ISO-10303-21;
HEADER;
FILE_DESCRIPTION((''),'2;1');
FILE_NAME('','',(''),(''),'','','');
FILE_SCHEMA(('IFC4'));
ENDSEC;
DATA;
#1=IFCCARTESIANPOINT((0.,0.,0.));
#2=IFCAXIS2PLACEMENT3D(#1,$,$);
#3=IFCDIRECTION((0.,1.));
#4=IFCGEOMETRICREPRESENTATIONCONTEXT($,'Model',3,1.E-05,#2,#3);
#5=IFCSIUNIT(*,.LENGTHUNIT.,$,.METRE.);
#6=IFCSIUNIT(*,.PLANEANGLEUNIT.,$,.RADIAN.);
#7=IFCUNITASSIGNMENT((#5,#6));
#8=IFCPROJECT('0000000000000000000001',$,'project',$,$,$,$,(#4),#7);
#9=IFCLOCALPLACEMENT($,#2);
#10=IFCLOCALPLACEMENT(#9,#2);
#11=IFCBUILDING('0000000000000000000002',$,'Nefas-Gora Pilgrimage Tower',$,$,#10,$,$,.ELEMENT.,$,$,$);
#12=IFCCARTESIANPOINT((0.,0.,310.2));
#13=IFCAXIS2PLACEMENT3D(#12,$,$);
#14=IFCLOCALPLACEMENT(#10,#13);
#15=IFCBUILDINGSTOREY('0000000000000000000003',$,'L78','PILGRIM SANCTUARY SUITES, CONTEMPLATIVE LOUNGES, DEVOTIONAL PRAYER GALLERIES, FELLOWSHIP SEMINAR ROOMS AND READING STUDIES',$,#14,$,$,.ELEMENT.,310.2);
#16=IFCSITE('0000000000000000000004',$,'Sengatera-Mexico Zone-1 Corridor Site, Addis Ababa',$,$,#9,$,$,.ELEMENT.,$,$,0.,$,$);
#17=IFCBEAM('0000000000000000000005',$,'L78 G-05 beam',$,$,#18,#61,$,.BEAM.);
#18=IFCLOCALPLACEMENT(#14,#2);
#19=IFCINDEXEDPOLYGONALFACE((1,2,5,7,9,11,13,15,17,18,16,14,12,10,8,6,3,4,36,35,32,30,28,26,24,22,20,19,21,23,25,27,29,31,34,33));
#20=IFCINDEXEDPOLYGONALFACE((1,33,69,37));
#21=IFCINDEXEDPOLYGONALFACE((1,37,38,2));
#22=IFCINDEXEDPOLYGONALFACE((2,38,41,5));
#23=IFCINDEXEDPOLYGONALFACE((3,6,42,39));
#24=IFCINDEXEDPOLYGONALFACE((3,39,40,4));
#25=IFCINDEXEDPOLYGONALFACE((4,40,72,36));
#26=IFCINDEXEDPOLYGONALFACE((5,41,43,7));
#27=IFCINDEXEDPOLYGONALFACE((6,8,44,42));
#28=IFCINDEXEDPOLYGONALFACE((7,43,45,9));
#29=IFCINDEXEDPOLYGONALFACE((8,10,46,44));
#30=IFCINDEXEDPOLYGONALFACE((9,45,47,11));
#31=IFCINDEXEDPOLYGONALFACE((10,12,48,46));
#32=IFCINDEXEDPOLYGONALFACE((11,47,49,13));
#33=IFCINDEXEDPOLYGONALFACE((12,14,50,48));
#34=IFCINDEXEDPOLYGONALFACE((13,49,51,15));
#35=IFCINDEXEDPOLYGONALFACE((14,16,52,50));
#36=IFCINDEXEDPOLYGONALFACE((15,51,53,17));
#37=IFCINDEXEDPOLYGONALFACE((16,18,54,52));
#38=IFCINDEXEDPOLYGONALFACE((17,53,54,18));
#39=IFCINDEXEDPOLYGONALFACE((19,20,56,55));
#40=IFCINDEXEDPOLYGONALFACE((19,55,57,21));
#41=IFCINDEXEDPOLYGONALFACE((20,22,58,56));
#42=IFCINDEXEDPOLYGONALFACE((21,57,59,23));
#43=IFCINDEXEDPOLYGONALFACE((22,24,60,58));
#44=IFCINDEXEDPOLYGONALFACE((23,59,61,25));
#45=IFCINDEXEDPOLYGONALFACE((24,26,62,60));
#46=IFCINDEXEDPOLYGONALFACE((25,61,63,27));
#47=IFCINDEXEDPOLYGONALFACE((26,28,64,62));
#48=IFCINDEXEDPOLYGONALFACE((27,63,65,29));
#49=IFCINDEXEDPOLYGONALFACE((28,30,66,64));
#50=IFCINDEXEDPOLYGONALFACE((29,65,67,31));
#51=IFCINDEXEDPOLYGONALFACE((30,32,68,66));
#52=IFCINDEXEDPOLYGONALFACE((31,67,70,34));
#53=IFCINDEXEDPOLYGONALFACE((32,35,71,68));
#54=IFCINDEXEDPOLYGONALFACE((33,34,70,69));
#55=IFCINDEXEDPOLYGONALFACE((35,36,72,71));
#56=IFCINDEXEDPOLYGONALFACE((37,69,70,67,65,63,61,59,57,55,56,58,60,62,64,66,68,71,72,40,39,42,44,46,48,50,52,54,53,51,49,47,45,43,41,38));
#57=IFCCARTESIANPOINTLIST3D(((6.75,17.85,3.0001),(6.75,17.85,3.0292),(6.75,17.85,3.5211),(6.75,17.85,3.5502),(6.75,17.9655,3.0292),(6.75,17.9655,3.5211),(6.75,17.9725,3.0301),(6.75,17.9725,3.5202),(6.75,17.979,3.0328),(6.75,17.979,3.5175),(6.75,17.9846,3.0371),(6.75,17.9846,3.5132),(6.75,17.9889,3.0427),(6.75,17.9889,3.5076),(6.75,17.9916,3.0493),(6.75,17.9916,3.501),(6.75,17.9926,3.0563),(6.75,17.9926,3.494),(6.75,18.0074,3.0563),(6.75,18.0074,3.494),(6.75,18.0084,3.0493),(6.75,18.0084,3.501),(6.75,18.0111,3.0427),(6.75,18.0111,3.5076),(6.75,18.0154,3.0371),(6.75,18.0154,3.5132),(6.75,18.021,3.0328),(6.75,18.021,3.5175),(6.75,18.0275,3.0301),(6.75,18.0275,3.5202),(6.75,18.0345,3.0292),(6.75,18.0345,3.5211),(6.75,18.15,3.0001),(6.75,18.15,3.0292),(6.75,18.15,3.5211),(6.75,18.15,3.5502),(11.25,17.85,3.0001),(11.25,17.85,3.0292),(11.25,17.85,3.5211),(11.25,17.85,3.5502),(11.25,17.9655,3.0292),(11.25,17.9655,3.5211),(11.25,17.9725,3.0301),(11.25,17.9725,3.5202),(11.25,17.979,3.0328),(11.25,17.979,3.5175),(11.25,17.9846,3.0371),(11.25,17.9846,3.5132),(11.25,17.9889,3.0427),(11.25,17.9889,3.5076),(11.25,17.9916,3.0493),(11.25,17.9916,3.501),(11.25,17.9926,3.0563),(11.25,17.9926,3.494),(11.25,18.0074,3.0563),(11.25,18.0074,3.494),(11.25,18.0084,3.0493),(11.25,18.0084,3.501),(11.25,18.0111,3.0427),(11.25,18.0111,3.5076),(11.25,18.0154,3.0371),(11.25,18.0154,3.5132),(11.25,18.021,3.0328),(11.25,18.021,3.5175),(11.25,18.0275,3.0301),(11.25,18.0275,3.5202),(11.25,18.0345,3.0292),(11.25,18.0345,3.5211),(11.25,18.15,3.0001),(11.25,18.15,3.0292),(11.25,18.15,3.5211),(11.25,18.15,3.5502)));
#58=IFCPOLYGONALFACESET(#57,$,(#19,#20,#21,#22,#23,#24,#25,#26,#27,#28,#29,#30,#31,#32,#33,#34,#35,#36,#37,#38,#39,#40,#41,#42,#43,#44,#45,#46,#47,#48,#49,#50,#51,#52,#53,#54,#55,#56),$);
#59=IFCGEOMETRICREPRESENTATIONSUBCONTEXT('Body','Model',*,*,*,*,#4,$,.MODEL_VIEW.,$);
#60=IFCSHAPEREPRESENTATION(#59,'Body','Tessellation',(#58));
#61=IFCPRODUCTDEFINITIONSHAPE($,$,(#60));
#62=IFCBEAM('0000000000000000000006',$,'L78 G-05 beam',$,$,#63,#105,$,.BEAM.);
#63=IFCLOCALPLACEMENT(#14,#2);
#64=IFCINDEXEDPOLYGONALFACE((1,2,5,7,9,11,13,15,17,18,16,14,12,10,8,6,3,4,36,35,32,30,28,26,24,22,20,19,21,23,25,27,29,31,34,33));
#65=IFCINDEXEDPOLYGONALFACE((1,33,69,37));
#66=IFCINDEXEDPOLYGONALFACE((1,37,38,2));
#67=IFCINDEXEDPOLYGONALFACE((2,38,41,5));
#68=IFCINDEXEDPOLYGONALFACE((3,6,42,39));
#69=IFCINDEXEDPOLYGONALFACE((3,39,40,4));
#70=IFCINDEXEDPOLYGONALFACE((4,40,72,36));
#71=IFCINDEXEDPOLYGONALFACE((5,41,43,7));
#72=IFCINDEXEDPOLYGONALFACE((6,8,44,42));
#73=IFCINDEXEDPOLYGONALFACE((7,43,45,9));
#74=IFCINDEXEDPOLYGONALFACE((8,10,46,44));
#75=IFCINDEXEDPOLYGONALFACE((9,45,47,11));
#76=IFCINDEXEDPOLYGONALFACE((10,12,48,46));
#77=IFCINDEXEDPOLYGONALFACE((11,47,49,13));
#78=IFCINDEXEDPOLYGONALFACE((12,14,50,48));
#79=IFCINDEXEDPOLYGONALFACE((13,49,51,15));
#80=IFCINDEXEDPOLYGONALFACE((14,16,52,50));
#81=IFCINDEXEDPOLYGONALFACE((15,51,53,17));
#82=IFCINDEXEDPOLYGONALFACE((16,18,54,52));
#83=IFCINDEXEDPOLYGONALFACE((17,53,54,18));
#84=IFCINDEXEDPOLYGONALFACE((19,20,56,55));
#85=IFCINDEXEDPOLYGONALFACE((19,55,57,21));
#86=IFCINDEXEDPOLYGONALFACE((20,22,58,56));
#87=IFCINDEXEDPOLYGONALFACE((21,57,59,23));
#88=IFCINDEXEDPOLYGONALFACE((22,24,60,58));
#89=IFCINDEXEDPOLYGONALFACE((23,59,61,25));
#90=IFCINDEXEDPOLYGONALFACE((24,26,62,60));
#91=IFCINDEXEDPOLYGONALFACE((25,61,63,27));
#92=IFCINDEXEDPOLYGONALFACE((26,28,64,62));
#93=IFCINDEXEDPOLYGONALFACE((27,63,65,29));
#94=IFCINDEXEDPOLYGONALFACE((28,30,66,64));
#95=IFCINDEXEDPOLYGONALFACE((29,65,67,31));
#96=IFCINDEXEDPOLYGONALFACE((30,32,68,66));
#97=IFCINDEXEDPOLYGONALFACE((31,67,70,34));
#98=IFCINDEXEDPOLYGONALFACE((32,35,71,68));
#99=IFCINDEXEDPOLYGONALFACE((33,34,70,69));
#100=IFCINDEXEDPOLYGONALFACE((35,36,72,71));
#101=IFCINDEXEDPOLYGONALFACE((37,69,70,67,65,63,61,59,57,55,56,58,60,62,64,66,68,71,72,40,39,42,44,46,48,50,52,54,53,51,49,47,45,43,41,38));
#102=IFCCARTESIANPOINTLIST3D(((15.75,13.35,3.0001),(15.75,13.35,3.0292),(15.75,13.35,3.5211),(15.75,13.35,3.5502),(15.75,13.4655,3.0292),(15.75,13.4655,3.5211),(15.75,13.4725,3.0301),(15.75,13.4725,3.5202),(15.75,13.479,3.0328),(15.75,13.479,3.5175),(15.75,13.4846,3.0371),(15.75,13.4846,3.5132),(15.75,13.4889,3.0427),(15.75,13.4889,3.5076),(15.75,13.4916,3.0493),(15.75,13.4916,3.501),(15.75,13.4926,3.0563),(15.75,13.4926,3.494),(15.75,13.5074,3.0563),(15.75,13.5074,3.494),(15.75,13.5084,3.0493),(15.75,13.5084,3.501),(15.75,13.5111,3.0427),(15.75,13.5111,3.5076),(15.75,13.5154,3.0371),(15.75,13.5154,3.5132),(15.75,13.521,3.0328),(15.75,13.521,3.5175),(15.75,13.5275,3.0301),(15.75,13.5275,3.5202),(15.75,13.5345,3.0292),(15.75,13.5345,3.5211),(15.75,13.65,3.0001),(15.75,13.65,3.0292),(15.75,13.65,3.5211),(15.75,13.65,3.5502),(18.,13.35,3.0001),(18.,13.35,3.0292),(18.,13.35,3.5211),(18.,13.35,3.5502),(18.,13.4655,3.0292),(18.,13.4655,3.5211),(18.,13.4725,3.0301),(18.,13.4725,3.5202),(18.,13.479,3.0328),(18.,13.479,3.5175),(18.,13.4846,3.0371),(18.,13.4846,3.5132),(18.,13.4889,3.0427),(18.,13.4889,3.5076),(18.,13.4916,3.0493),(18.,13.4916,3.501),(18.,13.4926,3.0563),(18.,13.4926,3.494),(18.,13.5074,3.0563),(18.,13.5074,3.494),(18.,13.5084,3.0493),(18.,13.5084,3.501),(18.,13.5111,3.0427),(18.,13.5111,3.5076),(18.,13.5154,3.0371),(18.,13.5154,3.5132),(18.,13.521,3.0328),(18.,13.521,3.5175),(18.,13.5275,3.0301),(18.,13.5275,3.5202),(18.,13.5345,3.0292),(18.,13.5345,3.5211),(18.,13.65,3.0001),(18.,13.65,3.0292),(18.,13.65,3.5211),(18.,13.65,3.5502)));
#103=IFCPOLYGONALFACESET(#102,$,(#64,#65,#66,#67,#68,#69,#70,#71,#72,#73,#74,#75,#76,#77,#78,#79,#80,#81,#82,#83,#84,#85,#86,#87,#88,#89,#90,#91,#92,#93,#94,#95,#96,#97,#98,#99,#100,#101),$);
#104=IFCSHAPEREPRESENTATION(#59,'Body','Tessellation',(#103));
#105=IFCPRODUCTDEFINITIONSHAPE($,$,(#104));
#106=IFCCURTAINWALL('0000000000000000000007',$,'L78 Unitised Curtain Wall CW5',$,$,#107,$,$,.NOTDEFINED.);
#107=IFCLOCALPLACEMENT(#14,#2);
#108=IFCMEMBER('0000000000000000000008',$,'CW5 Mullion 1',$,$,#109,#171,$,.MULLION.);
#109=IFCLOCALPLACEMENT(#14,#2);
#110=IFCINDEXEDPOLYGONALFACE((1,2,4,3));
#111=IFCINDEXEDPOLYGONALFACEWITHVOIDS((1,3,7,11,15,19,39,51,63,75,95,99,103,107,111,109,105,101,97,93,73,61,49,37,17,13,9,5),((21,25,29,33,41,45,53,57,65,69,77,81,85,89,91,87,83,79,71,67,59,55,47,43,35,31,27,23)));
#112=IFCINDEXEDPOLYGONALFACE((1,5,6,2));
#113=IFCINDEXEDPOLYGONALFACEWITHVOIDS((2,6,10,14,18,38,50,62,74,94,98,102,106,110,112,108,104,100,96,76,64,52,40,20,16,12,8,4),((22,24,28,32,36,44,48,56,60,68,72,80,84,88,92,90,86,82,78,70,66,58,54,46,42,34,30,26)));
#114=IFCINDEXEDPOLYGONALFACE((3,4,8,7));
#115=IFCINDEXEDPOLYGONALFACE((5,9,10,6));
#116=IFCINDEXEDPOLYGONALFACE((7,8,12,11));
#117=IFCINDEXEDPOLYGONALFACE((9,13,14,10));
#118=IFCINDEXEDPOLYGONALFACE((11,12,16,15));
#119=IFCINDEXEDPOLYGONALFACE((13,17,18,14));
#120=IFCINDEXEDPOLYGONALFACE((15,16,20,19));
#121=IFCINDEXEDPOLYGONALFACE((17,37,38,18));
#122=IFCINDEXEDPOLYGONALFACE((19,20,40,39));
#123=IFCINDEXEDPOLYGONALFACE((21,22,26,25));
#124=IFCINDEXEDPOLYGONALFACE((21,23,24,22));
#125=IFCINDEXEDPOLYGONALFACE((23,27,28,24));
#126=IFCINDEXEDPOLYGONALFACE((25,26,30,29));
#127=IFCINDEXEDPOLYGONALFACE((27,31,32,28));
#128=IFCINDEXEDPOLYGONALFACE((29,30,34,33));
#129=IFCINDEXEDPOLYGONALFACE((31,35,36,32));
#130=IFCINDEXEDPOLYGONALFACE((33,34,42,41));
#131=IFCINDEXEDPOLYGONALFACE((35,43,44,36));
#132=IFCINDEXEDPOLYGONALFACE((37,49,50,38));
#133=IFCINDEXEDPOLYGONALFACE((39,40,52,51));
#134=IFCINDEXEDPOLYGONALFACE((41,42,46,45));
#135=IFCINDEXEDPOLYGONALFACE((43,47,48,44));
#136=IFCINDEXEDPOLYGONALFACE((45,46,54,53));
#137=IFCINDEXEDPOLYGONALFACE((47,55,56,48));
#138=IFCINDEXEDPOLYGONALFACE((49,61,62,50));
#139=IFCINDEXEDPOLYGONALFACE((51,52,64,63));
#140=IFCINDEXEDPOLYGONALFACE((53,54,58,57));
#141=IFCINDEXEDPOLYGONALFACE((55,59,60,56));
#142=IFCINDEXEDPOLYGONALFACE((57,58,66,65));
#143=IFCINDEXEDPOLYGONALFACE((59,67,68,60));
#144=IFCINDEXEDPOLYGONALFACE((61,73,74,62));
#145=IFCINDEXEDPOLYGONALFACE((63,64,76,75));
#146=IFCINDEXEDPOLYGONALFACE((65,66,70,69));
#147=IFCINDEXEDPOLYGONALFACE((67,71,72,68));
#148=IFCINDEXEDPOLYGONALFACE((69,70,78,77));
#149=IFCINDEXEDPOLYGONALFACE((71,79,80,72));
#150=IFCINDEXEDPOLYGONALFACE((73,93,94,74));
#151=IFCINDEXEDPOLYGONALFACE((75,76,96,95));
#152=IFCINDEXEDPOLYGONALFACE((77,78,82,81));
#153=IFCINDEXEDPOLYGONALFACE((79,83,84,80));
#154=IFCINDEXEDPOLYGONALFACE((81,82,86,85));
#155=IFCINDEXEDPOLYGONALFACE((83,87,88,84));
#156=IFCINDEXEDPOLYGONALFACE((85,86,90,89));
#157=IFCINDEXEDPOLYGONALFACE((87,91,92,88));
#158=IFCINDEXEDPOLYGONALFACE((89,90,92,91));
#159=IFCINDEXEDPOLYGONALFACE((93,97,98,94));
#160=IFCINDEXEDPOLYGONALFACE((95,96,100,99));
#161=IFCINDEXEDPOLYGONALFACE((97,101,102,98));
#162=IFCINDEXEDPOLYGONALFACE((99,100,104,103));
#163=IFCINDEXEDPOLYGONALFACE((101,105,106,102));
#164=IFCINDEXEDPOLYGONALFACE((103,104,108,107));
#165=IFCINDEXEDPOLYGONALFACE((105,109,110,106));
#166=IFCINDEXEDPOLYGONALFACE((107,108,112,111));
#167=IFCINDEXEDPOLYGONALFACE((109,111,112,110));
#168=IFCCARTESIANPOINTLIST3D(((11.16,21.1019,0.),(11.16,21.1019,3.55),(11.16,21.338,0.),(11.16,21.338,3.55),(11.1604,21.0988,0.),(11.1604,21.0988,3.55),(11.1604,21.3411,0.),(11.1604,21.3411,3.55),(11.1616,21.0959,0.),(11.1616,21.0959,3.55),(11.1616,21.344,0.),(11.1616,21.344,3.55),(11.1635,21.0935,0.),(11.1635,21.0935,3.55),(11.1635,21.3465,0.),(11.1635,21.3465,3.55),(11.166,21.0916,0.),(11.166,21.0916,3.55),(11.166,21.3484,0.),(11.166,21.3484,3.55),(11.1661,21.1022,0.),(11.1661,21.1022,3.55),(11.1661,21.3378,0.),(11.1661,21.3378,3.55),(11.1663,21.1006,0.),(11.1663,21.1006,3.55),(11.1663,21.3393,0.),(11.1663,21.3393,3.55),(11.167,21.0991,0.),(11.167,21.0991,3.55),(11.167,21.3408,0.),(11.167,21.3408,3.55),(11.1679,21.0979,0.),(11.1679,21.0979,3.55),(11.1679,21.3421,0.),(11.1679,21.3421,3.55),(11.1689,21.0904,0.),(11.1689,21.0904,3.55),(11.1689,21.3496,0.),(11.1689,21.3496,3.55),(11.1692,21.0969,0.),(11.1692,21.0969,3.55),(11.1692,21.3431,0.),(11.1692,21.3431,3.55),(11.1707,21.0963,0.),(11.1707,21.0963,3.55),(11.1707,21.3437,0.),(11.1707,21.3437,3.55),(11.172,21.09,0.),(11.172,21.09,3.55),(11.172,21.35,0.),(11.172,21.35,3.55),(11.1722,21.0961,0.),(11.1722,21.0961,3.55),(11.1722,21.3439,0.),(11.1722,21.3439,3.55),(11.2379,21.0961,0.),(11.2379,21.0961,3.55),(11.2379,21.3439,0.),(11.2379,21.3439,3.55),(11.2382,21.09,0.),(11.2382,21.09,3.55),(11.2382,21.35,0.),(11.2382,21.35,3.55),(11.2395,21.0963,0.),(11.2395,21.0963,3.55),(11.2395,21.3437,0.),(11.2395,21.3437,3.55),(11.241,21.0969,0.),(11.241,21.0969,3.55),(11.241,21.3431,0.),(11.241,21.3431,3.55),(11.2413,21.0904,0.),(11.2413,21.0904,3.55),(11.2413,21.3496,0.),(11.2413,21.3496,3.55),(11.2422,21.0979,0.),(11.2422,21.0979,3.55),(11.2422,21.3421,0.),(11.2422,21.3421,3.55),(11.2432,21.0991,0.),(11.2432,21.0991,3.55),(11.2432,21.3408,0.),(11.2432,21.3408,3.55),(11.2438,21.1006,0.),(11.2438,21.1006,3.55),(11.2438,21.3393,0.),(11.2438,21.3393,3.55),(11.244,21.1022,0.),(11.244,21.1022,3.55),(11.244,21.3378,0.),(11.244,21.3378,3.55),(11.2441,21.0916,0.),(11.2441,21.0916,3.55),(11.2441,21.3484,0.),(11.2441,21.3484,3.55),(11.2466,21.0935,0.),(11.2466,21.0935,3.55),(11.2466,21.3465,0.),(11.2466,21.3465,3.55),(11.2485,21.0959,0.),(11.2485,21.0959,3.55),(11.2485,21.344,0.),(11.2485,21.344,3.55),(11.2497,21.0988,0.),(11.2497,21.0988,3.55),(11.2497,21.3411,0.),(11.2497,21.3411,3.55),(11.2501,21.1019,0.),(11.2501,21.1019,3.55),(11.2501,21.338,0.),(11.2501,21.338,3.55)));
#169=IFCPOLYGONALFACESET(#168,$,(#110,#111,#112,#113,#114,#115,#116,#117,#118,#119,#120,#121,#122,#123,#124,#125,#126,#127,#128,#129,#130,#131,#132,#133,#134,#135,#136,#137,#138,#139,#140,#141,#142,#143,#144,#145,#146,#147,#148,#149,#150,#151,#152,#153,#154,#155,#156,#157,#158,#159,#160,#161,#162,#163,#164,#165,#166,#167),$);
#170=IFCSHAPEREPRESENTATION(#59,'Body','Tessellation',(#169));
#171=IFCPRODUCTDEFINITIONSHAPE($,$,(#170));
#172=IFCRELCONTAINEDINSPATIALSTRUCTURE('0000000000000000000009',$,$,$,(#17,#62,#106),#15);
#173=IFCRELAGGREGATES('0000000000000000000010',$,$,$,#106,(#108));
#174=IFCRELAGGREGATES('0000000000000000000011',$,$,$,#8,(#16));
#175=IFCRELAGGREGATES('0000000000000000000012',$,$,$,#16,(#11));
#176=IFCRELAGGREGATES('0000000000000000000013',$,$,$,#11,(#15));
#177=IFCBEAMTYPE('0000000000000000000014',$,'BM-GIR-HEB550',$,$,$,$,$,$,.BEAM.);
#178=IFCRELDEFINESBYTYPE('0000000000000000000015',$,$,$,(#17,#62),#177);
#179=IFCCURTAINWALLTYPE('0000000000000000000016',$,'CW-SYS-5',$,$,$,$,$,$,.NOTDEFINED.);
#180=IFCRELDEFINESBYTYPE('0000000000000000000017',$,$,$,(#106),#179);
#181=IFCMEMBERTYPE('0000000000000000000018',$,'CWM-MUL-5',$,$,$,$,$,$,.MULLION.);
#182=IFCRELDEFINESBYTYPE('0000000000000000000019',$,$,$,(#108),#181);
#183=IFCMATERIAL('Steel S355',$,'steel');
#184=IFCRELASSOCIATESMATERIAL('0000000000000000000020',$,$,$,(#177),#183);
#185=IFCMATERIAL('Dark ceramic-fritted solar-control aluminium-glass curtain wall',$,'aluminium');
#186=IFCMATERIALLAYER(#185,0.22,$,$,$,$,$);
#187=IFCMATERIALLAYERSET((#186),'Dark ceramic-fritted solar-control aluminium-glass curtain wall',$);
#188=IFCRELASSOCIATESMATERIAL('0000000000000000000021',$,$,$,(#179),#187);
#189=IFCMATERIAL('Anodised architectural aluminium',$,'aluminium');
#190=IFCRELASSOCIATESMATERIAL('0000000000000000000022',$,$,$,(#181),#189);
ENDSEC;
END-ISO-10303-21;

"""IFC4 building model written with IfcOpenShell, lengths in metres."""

from ifc_helpers import new_model, si_unit, direction, frame, origin, origin_2d, place, context, subcontext, project, spatial, hollow_rectangle, i_section, extrude, source, transform, mapped, material, layer, layer_set, material_profile, profile_set, type_object, element, aggregate, save


model = new_model("IFC4")

# Units and contexts
model_context = context("Model", 3, precision=1e-05, world=origin(), true_north=direction((0.0, 1.0)))
body_context = subcontext(model_context, "Body", "Model", "MODEL_VIEW")
ifc_project = project(units=[si_unit("LENGTHUNIT", "METRE"), si_unit("PLANEANGLEUNIT", "RADIAN")], contexts=[model_context])

# Site, building, storey
site_placement = place(None, origin())
site = spatial("IfcSite", under=ifc_project, at=site_placement, Name="Sengatera-Mexico Zone-1 Corridor Site, Addis Ababa", CompositionType="ELEMENT", RefElevation=0.0)
building_placement = place(site_placement, origin())
building = spatial("IfcBuilding", under=site, at=building_placement, Name="Nefas-Gora Pilgrimage Tower", CompositionType="ELEMENT")
storey_placement = place(building_placement, frame((0.0, 0.0, 310.2)))
storey = spatial("IfcBuildingStorey", under=building, at=storey_placement, Name="L78", Description="PILGRIM SANCTUARY SUITES, CONTEMPLATIVE LOUNGES, DEVOTIONAL PRAYER GALLERIES, FELLOWSHIP SEMINAR ROOMS AND READING STUDIES", CompositionType="ELEMENT", Elevation=310.2)

# Shared definitions
ifc_material_1 = material(Name="Steel S355", Category="steel")

# Beams
ifc_material_profile_1 = material_profile(ifc_material_1, i_section(OverallWidth=0.3, OverallDepth=0.55, WebThickness=0.0149, FlangeThickness=0.0291, FilletRadius=0.0271, at=origin_2d()), Name="HEB 550")
ifc_profile_set_1 = profile_set([ifc_material_profile_1], Name="Steel S355")
beam_type = type_object("IfcBeamType", Name="BM-GIR-HEB550", PredefinedType="BEAM", material=ifc_profile_set_1)
shared_shape_1 = source(origin(), body_context, "Body", "SweptSolid", [
    extrude(i_section(OverallWidth=0.3, OverallDepth=0.55, WebThickness=0.0149, FlangeThickness=0.0291, FilletRadius=0.0271, at=origin_2d()), origin(), (0.0, 0.0, 1.0), 4.5),
])
beam_1_placement = place(storey_placement, frame((6.75, 18.0, 3.2751), z_axis=(1.0, 0.0, 0.0), x_axis=(0.0, 1.0, 0.0)))
element("IfcBeam", 1, at=beam_1_placement, inside=storey, type_object=beam_type, Name="L78 G-05 beam", PredefinedType="BEAM", context=body_context, shape_type="MappedRepresentation", body=[
    mapped(shared_shape_1, transform((0.0, 0.0, 0.0), x_axis=(1.0, 0.0, 0.0), y_axis=(0.0, 1.0, 0.0), z_axis=(0.0, 0.0, 1.0), scale=1.0)),
])
shared_shape_2 = source(origin(), body_context, "Body", "SweptSolid", [
    extrude(i_section(OverallWidth=0.3, OverallDepth=0.55, WebThickness=0.0149, FlangeThickness=0.0291, FilletRadius=0.0271, at=origin_2d()), origin(), (0.0, 0.0, 1.0), 2.25),
])
beam_2_placement = place(storey_placement, frame((15.75, 13.5, 3.2751), z_axis=(1.0, 0.0, 0.0), x_axis=(0.0, 1.0, 0.0)))
element("IfcBeam", 2, at=beam_2_placement, inside=storey, type_object=beam_type, Name="L78 G-05 beam", PredefinedType="BEAM", context=body_context, shape_type="MappedRepresentation", body=[
    mapped(shared_shape_2, transform((0.0, 0.0, 0.0), x_axis=(1.0, 0.0, 0.0), y_axis=(0.0, 1.0, 0.0), z_axis=(0.0, 0.0, 1.0), scale=1.0)),
])

# Curtain wall, member
ifc_material_2 = material(Name="Dark ceramic-fritted solar-control aluminium-glass curtain wall", Category="aluminium")
ifc_layer_1 = layer(ifc_material_2, 0.22)
ifc_layer_set_1 = layer_set([ifc_layer_1], Name="Dark ceramic-fritted solar-control aluminium-glass curtain wall")
curtain_wall_type_1 = type_object("IfcCurtainWallType", Name="CW-SYS-5", PredefinedType="NOTDEFINED", material=ifc_layer_set_1)
curtain_wall_1_placement = place(storey_placement, origin())
curtain_wall_1 = element("IfcCurtainWall", 3, at=curtain_wall_1_placement, inside=storey, type_object=curtain_wall_type_1, Name="L78 Unitised Curtain Wall CW5", PredefinedType="NOTDEFINED")
ifc_material_3 = material(Name="Anodised architectural aluminium", Category="aluminium")
ifc_material_profile_2 = material_profile(ifc_material_3, hollow_rectangle(XDim=0.0901, YDim=0.26, WallThickness=0.0061, InnerFilletRadius=0.0061, OuterFilletRadius=0.012, at=origin_2d()), Name="ALU MULLION 90x260")
ifc_profile_set_2 = profile_set([ifc_material_profile_2], Name="Anodised architectural aluminium")
member_type_1 = type_object("IfcMemberType", Name="CWM-MUL-5", PredefinedType="MULLION", material=ifc_profile_set_2)
shared_shape_3 = source(origin(), body_context, "Body", "SweptSolid", [
    extrude(hollow_rectangle(XDim=0.0901, YDim=0.26, WallThickness=0.0061, InnerFilletRadius=0.0061, OuterFilletRadius=0.012, at=origin_2d()), origin(), (0.0, 0.0, 1.0), 3.55),
])
member_1_placement = place(storey_placement, frame((11.2051, 21.22, 0.0), z_axis=(0.0, 0.0, 1.0), x_axis=(-1.0, 0.0, 0.0)))
member_1 = element("IfcMember", 4, at=member_1_placement, type_object=member_type_1, Name="CW5 Mullion 1", PredefinedType="MULLION", context=body_context, shape_type="MappedRepresentation", body=[
    mapped(shared_shape_3, transform((0.0, 0.0, 0.0), x_axis=(1.0, 0.0, 0.0), y_axis=(0.0, 1.0, 0.0), z_axis=(0.0, 0.0, 1.0), scale=1.0)),
])

aggregate(curtain_wall_1, [member_1])

save(model, "model.ifc")
